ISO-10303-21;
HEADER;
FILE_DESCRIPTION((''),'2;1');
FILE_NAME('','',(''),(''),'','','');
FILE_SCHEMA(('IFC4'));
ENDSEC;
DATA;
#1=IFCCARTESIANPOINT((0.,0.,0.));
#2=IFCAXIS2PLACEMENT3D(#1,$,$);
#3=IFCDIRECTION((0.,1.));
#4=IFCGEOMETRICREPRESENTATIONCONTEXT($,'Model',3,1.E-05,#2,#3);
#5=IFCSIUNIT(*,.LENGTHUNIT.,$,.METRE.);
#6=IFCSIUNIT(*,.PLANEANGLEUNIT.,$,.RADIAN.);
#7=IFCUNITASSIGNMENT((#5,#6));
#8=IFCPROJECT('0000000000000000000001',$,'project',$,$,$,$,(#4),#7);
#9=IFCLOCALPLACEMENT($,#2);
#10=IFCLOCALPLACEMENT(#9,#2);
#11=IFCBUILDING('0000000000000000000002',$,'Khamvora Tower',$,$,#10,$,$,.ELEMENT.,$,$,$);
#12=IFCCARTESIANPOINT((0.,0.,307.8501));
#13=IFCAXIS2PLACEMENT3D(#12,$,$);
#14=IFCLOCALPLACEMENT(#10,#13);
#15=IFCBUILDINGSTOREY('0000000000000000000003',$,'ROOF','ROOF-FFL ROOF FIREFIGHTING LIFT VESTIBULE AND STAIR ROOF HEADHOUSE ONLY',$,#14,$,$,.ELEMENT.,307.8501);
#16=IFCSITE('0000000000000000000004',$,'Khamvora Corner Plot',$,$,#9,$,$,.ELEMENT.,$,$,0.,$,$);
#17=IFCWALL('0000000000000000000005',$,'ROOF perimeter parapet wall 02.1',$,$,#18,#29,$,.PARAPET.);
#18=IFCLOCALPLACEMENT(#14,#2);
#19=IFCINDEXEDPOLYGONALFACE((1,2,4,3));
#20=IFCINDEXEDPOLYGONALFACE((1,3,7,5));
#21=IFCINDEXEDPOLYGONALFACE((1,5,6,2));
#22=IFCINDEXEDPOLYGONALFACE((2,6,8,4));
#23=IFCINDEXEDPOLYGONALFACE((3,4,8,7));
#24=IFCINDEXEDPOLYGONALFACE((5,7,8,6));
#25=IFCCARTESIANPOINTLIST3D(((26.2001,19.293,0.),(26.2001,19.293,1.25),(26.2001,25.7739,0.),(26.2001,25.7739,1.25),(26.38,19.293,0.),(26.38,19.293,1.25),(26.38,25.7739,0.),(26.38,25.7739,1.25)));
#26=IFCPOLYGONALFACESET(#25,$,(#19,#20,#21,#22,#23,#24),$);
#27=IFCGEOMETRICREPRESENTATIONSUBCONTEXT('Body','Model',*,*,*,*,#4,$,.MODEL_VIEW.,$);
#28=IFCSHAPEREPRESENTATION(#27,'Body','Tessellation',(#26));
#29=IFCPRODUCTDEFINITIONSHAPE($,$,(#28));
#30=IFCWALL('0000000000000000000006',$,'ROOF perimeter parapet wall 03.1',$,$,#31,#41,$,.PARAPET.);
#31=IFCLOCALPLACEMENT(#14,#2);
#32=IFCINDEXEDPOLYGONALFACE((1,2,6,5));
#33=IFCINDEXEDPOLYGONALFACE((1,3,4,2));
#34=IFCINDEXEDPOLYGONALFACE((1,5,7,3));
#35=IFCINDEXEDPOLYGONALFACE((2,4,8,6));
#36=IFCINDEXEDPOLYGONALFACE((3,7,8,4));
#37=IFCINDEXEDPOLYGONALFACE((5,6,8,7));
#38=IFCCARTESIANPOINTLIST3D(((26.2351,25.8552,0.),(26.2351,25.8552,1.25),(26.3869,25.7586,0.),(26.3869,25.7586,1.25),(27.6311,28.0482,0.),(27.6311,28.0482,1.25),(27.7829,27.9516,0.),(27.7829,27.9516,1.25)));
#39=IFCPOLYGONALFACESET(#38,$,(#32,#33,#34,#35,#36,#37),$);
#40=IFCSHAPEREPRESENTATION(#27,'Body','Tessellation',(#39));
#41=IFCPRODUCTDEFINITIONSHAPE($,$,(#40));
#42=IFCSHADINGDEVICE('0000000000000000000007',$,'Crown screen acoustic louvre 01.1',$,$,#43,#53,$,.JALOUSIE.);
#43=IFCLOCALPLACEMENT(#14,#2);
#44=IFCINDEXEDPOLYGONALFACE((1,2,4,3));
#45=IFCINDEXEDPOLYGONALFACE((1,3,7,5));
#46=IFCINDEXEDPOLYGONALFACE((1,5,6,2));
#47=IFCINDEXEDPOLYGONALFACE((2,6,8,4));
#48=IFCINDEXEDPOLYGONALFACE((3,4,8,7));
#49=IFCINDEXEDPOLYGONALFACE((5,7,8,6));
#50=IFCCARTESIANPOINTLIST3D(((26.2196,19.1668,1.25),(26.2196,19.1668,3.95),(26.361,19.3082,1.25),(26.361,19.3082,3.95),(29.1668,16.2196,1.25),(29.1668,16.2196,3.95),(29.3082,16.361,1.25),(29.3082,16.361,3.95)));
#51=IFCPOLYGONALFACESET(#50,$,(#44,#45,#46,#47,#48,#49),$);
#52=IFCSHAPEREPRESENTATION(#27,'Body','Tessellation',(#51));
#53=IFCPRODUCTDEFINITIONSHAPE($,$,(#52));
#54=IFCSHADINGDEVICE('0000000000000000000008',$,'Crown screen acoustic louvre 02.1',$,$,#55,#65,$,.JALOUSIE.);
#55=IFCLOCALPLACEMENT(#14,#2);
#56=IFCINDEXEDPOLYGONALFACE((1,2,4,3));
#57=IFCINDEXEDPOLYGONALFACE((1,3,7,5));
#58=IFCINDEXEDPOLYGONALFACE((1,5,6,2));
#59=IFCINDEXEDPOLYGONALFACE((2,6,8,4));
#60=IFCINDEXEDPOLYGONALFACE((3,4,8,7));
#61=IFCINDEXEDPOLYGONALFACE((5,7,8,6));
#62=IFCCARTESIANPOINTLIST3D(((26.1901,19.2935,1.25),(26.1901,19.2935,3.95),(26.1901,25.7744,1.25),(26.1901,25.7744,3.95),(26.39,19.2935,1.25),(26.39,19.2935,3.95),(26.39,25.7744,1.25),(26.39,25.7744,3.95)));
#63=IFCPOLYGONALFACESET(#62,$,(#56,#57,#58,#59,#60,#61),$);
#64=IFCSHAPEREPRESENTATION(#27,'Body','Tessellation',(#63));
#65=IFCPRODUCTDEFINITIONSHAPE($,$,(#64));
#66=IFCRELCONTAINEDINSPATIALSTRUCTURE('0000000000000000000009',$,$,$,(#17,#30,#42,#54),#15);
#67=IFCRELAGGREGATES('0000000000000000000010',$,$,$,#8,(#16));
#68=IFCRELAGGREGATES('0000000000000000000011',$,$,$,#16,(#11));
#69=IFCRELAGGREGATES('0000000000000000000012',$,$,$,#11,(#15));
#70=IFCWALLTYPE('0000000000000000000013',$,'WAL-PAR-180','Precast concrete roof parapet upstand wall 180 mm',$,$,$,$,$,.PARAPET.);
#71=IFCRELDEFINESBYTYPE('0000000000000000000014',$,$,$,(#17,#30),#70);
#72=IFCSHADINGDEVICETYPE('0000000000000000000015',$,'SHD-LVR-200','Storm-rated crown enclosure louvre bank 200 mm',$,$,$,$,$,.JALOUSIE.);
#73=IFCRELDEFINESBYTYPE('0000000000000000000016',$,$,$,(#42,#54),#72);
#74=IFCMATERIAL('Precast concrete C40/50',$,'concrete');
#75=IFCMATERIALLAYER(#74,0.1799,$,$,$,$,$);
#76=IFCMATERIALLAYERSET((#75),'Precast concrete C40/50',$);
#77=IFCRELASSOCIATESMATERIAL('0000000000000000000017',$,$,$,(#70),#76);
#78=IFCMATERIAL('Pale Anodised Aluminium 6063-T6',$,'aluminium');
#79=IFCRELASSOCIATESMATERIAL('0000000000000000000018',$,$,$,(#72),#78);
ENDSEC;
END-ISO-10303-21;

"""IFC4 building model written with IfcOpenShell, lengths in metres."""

from ifc_helpers import new_model, si_unit, direction, frame, frame_2d, origin, origin_2d, place, context, subcontext, project, spatial, rectangle, extrude, material, layer, layer_set, type_object, element, save


model = new_model("IFC4")

# Units and contexts
model_context = context("Model", 3, precision=1e-05, world=origin(), true_north=direction((0.0, 1.0)))
body_context = subcontext(model_context, "Body", "Model", "MODEL_VIEW")
ifc_project = project(units=[si_unit("LENGTHUNIT", "METRE"), si_unit("PLANEANGLEUNIT", "RADIAN")], contexts=[model_context])

# Site, building, storey
site_placement = place(None, origin())
site = spatial("IfcSite", under=ifc_project, at=site_placement, Name="Khamvora Corner Plot", CompositionType="ELEMENT", RefElevation=0.0)
building_placement = place(site_placement, origin())
building = spatial("IfcBuilding", under=site, at=building_placement, Name="Khamvora Tower", CompositionType="ELEMENT")
storey_placement = place(building_placement, frame((0.0, 0.0, 307.8501)))
storey = spatial("IfcBuildingStorey", under=building, at=storey_placement, Name="ROOF", Description="ROOF-FFL ROOF FIREFIGHTING LIFT VESTIBULE AND STAIR ROOF HEADHOUSE ONLY", CompositionType="ELEMENT", Elevation=307.8501)

# Walls
ifc_material_1 = material(Name="Precast concrete C40/50", Category="concrete")
ifc_layer_1 = layer(ifc_material_1, 0.1799)
ifc_layer_set_1 = layer_set([ifc_layer_1], Name="Precast concrete C40/50")
wall_type_1 = type_object("IfcWallType", Name="WAL-PAR-180", Description="Precast concrete roof parapet upstand wall 180 mm", PredefinedType="PARAPET", material=ifc_layer_set_1)
wall_1_placement = place(storey_placement, frame((26.29, 19.293, 0.0), z_axis=(0.0, 0.0, 1.0), x_axis=(0.0, 1.0, 0.0)))
element("IfcWall", 1, at=wall_1_placement, inside=storey, type_object=wall_type_1, Name="ROOF perimeter parapet wall 02.1", PredefinedType="PARAPET", context=body_context, shape_type="SweptSolid", body=[
    extrude(rectangle(XDim=6.481, YDim=0.1799, at=frame_2d((3.2405, 0.0))), origin(), (0.0, 0.0, 1.0), 1.25),
])
wall_2_placement = place(storey_placement, frame((26.311, 25.8069, 0.0), z_axis=(0.0, 0.0, 1.0), x_axis=(0.536979, 0.843596, 0.0)))
element("IfcWall", 2, at=wall_2_placement, inside=storey, type_object=wall_type_1, Name="ROOF perimeter parapet wall 03.1", PredefinedType="PARAPET", context=body_context, shape_type="SweptSolid", body=[
    extrude(rectangle(XDim=2.5996, YDim=0.1799, at=frame_2d((1.2998, 0.0))), origin(), (0.0, 0.0, 1.0), 1.25),
])

# Shading devices
ifc_material_2 = material(Name="Pale Anodised Aluminium 6063-T6", Category="aluminium")
shading_device_type = type_object("IfcShadingDeviceType", Name="SHD-LVR-200", Description="Storm-rated crown enclosure louvre bank 200 mm", PredefinedType="JALOUSIE", material=ifc_material_2)
shading_device_1_placement = place(storey_placement, frame((27.7639, 17.7639, 1.25), z_axis=(0.0, 0.0, 1.0), x_axis=(-0.707107, 0.707107, 0.0)))
element("IfcShadingDevice", 3, at=shading_device_1_placement, inside=storey, type_object=shading_device_type, Name="Crown screen acoustic louvre 01.1", PredefinedType="JALOUSIE", context=body_context, shape_type="SweptSolid", body=[
    extrude(rectangle(XDim=4.168, YDim=0.2, at=origin_2d()), origin(), (0.0, 0.0, 1.0), 2.7),
])
shading_device_2_placement = place(storey_placement, frame((26.29, 22.5339, 1.25), z_axis=(0.0, 0.0, 1.0), x_axis=(0.0, 1.0, 0.0)))
element("IfcShadingDevice", 4, at=shading_device_2_placement, inside=storey, type_object=shading_device_type, Name="Crown screen acoustic louvre 02.1", PredefinedType="JALOUSIE", context=body_context, shape_type="SweptSolid", body=[
    extrude(rectangle(XDim=6.481, YDim=0.2, at=origin_2d()), origin(), (0.0, 0.0, 1.0), 2.7),
])

save(model, "model.ifc")
